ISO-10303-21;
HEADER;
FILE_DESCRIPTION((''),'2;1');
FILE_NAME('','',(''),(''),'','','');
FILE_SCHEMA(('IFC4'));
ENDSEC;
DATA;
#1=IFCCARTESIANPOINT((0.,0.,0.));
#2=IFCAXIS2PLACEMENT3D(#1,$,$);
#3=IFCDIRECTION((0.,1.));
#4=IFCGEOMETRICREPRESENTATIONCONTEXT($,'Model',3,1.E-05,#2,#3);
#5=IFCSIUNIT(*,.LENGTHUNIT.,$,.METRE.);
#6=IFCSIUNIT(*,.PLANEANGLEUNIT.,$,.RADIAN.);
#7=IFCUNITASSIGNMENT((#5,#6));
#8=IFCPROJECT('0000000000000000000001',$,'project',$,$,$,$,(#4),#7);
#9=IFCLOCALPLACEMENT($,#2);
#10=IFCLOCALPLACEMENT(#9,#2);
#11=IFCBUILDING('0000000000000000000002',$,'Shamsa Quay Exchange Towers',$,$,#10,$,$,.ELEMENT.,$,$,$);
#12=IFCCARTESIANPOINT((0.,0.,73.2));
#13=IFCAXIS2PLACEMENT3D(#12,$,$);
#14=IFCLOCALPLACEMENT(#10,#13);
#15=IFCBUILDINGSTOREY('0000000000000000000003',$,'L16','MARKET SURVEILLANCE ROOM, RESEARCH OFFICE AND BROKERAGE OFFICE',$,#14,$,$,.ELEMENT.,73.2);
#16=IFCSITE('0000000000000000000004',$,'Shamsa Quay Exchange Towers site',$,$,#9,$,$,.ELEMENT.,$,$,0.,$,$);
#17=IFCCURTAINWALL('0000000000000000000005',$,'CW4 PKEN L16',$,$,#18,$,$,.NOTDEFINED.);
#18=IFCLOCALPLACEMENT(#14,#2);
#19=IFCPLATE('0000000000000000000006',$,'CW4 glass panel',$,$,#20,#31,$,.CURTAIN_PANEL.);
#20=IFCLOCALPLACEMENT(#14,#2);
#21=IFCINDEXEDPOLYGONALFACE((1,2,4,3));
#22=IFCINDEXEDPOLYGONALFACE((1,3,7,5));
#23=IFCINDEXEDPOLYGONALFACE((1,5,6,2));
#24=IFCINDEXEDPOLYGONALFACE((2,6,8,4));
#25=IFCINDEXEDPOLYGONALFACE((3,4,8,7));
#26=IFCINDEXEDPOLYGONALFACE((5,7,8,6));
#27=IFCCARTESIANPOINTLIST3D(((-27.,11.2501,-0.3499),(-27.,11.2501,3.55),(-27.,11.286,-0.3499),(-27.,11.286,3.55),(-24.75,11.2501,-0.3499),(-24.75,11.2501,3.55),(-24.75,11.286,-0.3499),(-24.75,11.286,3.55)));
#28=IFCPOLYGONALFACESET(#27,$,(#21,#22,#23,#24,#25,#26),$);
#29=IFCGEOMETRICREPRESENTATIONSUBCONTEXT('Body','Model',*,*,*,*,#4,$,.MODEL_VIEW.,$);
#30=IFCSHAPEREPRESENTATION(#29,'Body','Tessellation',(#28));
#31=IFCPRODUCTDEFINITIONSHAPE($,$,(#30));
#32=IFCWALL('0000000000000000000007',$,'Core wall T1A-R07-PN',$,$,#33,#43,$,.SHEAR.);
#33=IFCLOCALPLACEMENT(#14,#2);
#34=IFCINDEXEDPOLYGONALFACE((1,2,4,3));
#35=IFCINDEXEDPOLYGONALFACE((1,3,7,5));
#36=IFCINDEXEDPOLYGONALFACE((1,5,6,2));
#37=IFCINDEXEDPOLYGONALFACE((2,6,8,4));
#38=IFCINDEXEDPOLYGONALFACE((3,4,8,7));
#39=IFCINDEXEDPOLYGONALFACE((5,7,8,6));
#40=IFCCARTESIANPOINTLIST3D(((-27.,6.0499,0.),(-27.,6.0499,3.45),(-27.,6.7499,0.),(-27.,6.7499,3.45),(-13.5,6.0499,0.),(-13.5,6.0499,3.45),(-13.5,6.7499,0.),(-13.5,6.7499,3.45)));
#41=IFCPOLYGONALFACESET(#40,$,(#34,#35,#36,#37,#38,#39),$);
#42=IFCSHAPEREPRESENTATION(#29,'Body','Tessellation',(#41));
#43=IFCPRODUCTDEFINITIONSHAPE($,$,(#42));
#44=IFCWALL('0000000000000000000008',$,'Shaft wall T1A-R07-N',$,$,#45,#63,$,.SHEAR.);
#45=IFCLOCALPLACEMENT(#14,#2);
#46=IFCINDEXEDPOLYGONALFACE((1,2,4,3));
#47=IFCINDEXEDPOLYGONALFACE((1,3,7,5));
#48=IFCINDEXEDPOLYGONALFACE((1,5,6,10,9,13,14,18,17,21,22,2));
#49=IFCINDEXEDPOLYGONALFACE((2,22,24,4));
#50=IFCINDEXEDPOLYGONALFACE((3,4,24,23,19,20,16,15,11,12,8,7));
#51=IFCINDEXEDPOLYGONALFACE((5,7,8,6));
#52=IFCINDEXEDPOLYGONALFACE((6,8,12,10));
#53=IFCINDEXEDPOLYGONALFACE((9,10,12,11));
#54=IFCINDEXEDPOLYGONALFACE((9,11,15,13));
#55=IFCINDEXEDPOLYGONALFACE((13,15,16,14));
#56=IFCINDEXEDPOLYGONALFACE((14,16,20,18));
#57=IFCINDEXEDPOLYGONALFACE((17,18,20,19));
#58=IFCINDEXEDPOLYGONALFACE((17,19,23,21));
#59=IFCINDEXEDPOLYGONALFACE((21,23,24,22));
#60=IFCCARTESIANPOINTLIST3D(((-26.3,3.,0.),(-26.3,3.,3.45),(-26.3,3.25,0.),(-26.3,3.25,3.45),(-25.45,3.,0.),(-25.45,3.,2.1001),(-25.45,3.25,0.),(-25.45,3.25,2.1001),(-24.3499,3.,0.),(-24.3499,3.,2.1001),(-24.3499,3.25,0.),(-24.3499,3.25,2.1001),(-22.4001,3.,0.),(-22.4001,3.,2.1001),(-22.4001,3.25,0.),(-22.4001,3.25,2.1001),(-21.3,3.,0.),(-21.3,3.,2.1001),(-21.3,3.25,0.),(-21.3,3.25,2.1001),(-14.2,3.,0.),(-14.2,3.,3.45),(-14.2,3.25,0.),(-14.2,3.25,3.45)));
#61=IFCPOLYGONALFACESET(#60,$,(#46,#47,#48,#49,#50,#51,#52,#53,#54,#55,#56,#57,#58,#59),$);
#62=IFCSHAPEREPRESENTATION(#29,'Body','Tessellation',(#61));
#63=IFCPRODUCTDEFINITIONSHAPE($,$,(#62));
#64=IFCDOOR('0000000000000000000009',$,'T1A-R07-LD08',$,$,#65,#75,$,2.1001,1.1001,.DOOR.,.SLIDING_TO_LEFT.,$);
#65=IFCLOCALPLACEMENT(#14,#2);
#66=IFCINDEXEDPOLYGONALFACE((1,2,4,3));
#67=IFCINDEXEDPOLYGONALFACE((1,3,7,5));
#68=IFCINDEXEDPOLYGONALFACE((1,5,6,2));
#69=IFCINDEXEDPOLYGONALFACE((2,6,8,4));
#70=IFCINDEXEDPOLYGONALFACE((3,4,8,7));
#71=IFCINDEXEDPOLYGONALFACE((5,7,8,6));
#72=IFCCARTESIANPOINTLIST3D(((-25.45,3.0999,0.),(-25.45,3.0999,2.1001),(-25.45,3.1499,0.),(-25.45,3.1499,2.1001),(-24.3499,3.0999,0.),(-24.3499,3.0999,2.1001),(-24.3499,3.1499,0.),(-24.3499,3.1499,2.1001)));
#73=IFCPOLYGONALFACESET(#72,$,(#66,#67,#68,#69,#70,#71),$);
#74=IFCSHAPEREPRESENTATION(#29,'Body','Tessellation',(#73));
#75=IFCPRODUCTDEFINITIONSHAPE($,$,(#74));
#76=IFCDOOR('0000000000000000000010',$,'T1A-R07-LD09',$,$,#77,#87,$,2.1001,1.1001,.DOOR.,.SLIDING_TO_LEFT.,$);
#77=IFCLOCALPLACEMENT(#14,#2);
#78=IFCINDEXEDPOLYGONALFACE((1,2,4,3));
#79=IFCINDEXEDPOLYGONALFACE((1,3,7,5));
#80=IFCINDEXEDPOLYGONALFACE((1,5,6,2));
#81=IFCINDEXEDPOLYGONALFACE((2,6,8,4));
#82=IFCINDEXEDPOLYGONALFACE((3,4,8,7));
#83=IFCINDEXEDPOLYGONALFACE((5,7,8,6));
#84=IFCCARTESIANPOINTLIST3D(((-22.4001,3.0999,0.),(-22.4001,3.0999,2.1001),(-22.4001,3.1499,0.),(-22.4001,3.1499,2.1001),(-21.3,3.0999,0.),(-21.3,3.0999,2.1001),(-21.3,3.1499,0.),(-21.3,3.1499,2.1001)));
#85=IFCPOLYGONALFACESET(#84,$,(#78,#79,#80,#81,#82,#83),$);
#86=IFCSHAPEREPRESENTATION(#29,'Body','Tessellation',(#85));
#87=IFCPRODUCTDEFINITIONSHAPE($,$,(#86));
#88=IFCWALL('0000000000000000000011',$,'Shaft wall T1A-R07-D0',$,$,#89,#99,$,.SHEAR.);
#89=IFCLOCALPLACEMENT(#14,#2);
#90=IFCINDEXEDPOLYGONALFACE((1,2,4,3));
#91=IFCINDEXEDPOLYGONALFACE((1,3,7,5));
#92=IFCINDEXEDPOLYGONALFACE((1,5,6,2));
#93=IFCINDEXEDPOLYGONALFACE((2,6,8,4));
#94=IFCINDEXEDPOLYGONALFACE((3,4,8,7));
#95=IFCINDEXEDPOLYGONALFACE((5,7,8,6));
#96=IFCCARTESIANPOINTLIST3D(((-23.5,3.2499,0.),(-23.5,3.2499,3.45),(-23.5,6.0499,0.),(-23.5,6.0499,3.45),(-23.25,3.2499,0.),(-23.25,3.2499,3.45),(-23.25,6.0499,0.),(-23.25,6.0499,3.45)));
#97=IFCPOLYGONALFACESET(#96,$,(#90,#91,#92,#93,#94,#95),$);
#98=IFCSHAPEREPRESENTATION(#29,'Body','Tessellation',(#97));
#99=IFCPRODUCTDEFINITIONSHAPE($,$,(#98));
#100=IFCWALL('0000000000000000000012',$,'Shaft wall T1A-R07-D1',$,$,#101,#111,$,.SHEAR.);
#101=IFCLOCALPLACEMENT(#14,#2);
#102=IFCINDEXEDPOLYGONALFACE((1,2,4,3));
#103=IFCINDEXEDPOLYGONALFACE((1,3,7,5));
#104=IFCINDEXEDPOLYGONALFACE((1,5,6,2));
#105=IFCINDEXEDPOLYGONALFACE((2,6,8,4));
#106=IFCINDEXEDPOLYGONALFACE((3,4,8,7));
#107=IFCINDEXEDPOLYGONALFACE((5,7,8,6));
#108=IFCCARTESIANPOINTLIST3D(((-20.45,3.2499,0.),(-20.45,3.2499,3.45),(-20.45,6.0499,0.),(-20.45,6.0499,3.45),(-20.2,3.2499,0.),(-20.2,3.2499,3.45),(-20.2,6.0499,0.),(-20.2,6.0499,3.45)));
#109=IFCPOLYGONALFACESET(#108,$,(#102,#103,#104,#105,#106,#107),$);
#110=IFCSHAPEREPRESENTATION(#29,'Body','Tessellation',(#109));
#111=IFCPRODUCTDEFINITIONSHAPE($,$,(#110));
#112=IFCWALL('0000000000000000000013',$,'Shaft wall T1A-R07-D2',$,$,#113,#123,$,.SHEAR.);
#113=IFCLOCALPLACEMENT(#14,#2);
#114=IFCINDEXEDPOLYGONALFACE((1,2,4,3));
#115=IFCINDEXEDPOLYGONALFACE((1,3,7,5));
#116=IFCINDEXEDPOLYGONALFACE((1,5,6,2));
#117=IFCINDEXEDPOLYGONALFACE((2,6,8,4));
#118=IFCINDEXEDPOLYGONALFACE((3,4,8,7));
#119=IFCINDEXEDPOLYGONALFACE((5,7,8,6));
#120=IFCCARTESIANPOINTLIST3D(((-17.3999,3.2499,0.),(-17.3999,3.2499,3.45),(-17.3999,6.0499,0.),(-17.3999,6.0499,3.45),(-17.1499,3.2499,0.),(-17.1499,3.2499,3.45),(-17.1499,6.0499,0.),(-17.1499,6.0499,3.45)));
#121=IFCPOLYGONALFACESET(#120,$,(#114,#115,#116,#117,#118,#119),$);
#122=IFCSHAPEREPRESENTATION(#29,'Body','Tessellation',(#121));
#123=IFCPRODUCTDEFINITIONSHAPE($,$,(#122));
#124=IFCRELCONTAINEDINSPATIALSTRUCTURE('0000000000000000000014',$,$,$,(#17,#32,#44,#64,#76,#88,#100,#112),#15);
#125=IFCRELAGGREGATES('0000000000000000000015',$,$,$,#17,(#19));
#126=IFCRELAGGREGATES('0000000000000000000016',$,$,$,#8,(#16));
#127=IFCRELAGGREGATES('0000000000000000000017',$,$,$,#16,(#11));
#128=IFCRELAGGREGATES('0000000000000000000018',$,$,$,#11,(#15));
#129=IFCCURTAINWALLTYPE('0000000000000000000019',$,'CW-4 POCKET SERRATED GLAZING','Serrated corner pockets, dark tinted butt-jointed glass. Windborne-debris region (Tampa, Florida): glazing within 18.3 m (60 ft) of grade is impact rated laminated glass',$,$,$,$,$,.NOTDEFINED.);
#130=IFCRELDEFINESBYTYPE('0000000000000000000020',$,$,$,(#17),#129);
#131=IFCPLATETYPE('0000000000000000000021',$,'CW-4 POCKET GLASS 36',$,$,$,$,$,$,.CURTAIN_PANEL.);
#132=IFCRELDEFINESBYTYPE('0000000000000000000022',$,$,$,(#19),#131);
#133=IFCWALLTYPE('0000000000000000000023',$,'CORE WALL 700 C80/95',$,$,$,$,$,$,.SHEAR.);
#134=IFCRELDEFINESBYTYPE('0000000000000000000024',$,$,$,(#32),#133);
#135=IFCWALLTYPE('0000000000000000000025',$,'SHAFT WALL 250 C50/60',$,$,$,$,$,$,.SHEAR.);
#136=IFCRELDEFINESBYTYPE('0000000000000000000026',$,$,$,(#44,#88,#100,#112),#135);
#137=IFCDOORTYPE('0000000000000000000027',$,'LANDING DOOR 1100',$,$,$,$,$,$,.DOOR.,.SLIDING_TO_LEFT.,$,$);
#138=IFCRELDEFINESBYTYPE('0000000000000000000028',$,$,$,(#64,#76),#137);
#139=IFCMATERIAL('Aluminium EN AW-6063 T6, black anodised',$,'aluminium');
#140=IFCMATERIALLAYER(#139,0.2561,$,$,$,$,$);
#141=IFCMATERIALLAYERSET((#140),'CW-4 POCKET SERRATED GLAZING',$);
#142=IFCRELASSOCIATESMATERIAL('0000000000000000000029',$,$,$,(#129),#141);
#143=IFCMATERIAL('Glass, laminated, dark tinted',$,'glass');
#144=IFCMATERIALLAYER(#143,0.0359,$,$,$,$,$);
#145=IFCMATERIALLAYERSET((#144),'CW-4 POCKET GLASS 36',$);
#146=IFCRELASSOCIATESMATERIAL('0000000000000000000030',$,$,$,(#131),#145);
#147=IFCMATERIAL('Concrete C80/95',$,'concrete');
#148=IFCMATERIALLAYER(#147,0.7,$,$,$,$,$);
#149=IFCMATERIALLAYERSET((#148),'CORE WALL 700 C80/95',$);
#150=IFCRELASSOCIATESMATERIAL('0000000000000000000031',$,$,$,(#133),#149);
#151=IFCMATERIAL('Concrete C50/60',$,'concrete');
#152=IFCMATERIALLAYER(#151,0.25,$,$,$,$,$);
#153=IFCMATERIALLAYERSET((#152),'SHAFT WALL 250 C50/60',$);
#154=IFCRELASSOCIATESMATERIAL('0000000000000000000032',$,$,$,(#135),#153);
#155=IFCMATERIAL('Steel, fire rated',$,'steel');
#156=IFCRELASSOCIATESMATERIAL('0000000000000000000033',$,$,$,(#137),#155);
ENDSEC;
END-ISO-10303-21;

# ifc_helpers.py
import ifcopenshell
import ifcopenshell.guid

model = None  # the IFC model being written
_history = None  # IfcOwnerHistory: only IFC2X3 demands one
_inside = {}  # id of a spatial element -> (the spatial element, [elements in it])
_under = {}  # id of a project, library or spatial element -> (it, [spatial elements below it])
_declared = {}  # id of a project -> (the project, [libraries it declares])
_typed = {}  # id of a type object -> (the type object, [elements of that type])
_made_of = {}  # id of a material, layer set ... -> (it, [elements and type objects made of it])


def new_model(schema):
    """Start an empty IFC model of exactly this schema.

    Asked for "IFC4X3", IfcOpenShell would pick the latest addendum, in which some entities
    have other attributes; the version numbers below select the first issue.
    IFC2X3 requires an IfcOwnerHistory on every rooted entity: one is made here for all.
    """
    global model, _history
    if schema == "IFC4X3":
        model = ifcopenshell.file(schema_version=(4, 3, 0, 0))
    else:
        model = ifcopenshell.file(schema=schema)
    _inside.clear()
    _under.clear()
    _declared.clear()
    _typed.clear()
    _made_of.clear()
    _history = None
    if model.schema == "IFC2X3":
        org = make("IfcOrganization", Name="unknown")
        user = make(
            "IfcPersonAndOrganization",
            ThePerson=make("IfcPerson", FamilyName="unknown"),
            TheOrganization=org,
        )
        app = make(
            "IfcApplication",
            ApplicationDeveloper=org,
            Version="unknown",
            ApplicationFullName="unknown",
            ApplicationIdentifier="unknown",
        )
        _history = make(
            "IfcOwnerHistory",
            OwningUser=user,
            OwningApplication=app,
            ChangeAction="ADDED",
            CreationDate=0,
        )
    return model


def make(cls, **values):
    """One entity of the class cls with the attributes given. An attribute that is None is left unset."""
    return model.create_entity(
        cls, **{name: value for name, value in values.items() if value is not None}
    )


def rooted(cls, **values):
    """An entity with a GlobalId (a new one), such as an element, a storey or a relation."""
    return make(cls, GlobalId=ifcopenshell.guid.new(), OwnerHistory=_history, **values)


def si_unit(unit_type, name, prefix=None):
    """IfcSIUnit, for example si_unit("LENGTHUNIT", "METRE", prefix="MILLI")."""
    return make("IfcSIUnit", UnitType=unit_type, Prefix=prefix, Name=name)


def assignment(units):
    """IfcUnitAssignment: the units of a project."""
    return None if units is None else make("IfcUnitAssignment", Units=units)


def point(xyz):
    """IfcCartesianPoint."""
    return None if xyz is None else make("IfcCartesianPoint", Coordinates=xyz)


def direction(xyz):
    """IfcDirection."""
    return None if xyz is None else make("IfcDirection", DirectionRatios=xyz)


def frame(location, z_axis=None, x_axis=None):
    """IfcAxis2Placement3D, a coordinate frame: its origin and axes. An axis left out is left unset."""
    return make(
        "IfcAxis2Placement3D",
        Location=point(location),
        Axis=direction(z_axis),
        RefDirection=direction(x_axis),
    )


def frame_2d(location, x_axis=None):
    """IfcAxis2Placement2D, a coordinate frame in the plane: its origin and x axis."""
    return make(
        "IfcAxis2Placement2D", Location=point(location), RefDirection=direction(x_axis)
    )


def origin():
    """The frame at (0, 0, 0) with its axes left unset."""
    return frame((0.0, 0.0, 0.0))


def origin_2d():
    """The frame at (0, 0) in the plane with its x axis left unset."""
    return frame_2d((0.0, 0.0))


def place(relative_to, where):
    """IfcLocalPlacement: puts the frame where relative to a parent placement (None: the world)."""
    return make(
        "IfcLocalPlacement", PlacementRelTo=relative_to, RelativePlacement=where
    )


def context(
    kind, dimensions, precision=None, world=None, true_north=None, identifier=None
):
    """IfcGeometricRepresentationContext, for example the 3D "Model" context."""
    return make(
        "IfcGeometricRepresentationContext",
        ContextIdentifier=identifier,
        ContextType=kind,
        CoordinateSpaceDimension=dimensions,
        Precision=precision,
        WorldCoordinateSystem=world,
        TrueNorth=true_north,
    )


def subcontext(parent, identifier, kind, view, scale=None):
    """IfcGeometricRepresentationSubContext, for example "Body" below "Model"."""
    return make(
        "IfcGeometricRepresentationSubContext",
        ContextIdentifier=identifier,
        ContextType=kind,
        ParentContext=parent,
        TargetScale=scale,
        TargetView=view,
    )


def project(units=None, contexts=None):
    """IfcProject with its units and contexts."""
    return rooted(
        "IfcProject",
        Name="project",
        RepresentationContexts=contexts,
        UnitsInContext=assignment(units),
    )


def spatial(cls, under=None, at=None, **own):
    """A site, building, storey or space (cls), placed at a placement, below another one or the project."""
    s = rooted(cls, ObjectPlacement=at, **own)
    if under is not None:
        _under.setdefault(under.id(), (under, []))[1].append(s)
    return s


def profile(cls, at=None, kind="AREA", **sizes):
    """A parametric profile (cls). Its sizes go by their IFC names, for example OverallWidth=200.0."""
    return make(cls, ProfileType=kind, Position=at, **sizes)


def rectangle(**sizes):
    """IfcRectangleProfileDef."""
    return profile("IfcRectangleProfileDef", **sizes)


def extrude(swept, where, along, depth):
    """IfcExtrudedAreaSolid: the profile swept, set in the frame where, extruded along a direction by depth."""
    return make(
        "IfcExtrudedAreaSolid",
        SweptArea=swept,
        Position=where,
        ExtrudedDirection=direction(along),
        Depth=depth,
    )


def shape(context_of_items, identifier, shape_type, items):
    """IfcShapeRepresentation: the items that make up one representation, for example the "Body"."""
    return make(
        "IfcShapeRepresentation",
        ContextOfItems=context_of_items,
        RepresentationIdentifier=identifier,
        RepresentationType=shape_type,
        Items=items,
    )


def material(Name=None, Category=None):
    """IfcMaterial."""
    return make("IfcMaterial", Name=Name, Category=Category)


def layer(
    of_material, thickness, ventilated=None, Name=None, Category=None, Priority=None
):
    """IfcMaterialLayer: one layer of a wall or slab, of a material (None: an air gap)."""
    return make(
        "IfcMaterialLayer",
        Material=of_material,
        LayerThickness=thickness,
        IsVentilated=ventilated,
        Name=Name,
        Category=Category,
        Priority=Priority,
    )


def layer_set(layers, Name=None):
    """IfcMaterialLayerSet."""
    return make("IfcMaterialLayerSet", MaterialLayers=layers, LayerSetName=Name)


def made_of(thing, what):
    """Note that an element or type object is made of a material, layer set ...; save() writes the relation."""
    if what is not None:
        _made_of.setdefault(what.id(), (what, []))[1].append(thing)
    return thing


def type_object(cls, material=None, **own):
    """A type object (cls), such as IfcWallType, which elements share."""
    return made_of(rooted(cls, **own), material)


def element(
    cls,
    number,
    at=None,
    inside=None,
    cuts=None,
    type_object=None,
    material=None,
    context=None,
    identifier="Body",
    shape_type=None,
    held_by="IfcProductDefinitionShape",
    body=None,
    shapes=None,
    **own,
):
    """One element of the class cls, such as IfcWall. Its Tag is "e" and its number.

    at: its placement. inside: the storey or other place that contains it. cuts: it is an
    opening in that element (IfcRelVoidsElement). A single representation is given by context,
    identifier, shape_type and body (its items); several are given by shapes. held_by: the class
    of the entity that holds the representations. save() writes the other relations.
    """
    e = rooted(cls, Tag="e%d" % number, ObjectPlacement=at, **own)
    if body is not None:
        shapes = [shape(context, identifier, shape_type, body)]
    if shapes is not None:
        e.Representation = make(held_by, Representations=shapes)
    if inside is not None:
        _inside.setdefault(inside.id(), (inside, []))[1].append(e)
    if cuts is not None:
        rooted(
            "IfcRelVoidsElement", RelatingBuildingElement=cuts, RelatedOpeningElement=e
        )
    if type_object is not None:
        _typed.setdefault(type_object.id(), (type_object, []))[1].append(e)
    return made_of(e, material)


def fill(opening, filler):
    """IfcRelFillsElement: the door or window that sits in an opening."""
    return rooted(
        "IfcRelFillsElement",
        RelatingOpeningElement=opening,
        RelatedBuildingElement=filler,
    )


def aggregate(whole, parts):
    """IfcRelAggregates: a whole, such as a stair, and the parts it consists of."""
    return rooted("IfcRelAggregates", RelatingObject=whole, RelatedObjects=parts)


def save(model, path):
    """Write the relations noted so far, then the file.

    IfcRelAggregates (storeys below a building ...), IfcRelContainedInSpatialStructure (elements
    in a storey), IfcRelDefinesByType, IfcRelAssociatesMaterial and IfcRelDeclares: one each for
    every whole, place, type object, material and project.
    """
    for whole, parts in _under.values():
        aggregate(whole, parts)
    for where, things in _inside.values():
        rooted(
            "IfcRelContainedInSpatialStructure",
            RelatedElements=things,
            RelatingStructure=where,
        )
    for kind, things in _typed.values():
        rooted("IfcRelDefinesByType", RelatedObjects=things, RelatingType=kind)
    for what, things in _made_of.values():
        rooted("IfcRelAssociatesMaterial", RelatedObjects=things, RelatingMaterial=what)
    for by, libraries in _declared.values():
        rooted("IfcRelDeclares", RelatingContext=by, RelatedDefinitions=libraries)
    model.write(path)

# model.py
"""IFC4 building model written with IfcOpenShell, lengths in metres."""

from ifc_helpers import new_model, si_unit, direction, frame, frame_2d, origin, origin_2d, place, context, subcontext, project, spatial, rectangle, extrude, material, layer, layer_set, type_object, element, fill, aggregate, save


model = new_model("IFC4")

# Units and contexts
model_context = context("Model", 3, precision=1e-05, world=origin(), true_north=direction((0.0, 1.0)))
body_context = subcontext(model_context, "Body", "Model", "MODEL_VIEW")
ifc_project = project(units=[si_unit("LENGTHUNIT", "METRE"), si_unit("PLANEANGLEUNIT", "RADIAN")], contexts=[model_context])

# Site, building, storey
site_placement = place(None, origin())
site = spatial("IfcSite", under=ifc_project, at=site_placement, Name="Shamsa Quay Exchange Towers site", CompositionType="ELEMENT", RefElevation=0.0)
building_placement = place(site_placement, origin())
building = spatial("IfcBuilding", under=site, at=building_placement, Name="Shamsa Quay Exchange Towers", CompositionType="ELEMENT")
storey_placement = place(building_placement, frame((0.0, 0.0, 73.2)))
storey = spatial("IfcBuildingStorey", under=building, at=storey_placement, Name="L16", Description="MARKET SURVEILLANCE ROOM, RESEARCH OFFICE AND BROKERAGE OFFICE", CompositionType="ELEMENT", Elevation=73.2)

# Shared definitions
ifc_material_1 = material(Name="Aluminium EN AW-6063 T6, black anodised", Category="aluminium")

# Shared definitions
ifc_material_2 = material(Name="Glass, laminated, dark tinted", Category="glass")

# Curtain wall, plate
ifc_layer_1 = layer(ifc_material_1, 0.2561)
ifc_layer_set_1 = layer_set([ifc_layer_1], Name="CW-4 POCKET SERRATED GLAZING")
curtain_wall_type_1 = type_object("IfcCurtainWallType", Name="CW-4 POCKET SERRATED GLAZING", Description="Serrated corner pockets, dark tinted butt-jointed glass. Windborne-debris region (Tampa, Florida): glazing within 18.3 m (60 ft) of grade is impact rated laminated glass", PredefinedType="NOTDEFINED", material=ifc_layer_set_1)
curtain_wall_1_placement = place(storey_placement, origin())
curtain_wall_1 = element("IfcCurtainWall", 1, at=curtain_wall_1_placement, inside=storey, type_object=curtain_wall_type_1, Name="CW4 PKEN L16", PredefinedType="NOTDEFINED")
ifc_layer_2 = layer(ifc_material_2, 0.0359)
ifc_layer_set_2 = layer_set([ifc_layer_2], Name="CW-4 POCKET GLASS 36")
plate_type_1 = type_object("IfcPlateType", Name="CW-4 POCKET GLASS 36", PredefinedType="CURTAIN_PANEL", material=ifc_layer_set_2)
plate_1_placement = place(storey_placement, frame((-25.875, 11.2681, -0.3499), z_axis=(0.0, 0.0, 1.0), x_axis=(-1.0, 0.0, 0.0)))
plate_1 = element("IfcPlate", 2, at=plate_1_placement, type_object=plate_type_1, Name="CW4 glass panel", PredefinedType="CURTAIN_PANEL", context=body_context, shape_type="SweptSolid", body=[
    extrude(rectangle(XDim=2.25, YDim=0.0359, at=origin_2d()), origin(), (0.0, 0.0, 1.0), 3.8999),
])
aggregate(curtain_wall_1, [plate_1])

# Wall
ifc_material_3 = material(Name="Concrete C80/95", Category="concrete")
ifc_layer_3 = layer(ifc_material_3, 0.7)
ifc_layer_set_3 = layer_set([ifc_layer_3], Name="CORE WALL 700 C80/95")
wall_type_1 = type_object("IfcWallType", Name="CORE WALL 700 C80/95", PredefinedType="SHEAR", material=ifc_layer_set_3)
wall_1_placement = place(storey_placement, frame((-27.0, 6.3999, 0.0)))
element("IfcWall", 3, at=wall_1_placement, inside=storey, type_object=wall_type_1, Name="Core wall T1A-R07-PN", PredefinedType="SHEAR", context=body_context, shape_type="SweptSolid", body=[
    extrude(rectangle(XDim=13.5, YDim=0.7, at=frame_2d((6.75, 0.0))), origin(), (0.0, 0.0, 1.0), 3.45),
])

# Shared definitions
ifc_material_4 = material(Name="Steel, fire rated", Category="steel")

# Wall, openings, doors
ifc_material_5 = material(Name="Concrete C50/60", Category="concrete")
ifc_layer_4 = layer(ifc_material_5, 0.25)
ifc_layer_set_4 = layer_set([ifc_layer_4], Name="SHAFT WALL 250 C50/60")
wall_type_2 = type_object("IfcWallType", Name="SHAFT WALL 250 C50/60", PredefinedType="SHEAR", material=ifc_layer_set_4)
wall_2_placement = place(storey_placement, frame((-26.3, 3.125, 0.0)))
wall_2 = element("IfcWall", 4, at=wall_2_placement, inside=storey, type_object=wall_type_2, Name="Shaft wall T1A-R07-N", PredefinedType="SHEAR", context=body_context, shape_type="SweptSolid", body=[
    extrude(rectangle(XDim=12.1001, YDim=0.25, at=frame_2d((6.05, 0.0))), origin(), (0.0, 0.0, 1.0), 3.45),
])
opening_1_placement = place(wall_2_placement, frame((0.8501, 0.0, 0.0)))
opening_1 = element("IfcOpeningElement", 5, at=opening_1_placement, cuts=wall_2, PredefinedType="OPENING", context=body_context, shape_type="SweptSolid", body=[
    extrude(rectangle(XDim=1.1001, YDim=2.1001, at=frame_2d((0.55, 1.05))), frame((0.0, 0.135, 0.0), z_axis=(0.0, -1.0, 0.0), x_axis=(1.0, 0.0, 0.0)), (0.0, 0.0, 1.0), 0.27),
])
opening_2_placement = place(wall_2_placement, frame((3.8999, 0.0, 0.0)))
opening_2 = element("IfcOpeningElement", 6, at=opening_2_placement, cuts=wall_2, PredefinedType="OPENING", context=body_context, shape_type="SweptSolid", body=[
    extrude(rectangle(XDim=1.1001, YDim=2.1001, at=frame_2d((0.55, 1.05))), frame((0.0, 0.135, 0.0), z_axis=(0.0, -1.0, 0.0), x_axis=(1.0, 0.0, 0.0)), (0.0, 0.0, 1.0), 0.27),
])
door_type_1 = type_object("IfcDoorType", Name="LANDING DOOR 1100", OperationType="SLIDING_TO_LEFT", PredefinedType="DOOR", material=ifc_material_4)
door_1_placement = place(opening_1_placement, origin())
door_1 = element("IfcDoor", 7, at=door_1_placement, inside=storey, type_object=door_type_1, Name="T1A-R07-LD08", OperationType="SLIDING_TO_LEFT", OverallHeight=2.1001, OverallWidth=1.1001, PredefinedType="DOOR", context=body_context, shape_type="SweptSolid", body=[
    extrude(rectangle(XDim=1.1001, YDim=2.1001, at=frame_2d((0.55, 1.05))), frame((0.0, 0.0249, 0.0), z_axis=(0.0, -1.0, 0.0), x_axis=(1.0, 0.0, 0.0)), (0.0, 0.0, 1.0), 0.05),
])
fill(opening_1, door_1)
door_2_placement = place(opening_2_placement, origin())
door_2 = element("IfcDoor", 8, at=door_2_placement, inside=storey, type_object=door_type_1, Name="T1A-R07-LD09", OperationType="SLIDING_TO_LEFT", OverallHeight=2.1001, OverallWidth=1.1001, PredefinedType="DOOR", context=body_context, shape_type="SweptSolid", body=[
    extrude(rectangle(XDim=1.1001, YDim=2.1001, at=frame_2d((0.55, 1.05))), frame((0.0, 0.0249, 0.0), z_axis=(0.0, -1.0, 0.0), x_axis=(1.0, 0.0, 0.0)), (0.0, 0.0, 1.0), 0.05),
])
fill(opening_2, door_2)

# Walls
for number, where, z_axis, x_axis, name in (
    (9, (-23.375, 3.25, 0.0), (0.0, 0.0, 1.0), (0.0, 1.0, 0.0), "Shaft wall T1A-R07-D0"),
    (10, (-20.325, 3.25, 0.0), (0.0, 0.0, 1.0), (0.0, 1.0, 0.0), "Shaft wall T1A-R07-D1"),
    (11, (-17.2749, 3.25, 0.0), (0.0, 0.0, 1.0), (0.0, 1.0, 0.0), "Shaft wall T1A-R07-D2"),
):
    element("IfcWall", number, at=place(storey_placement, frame(where, z_axis=z_axis, x_axis=x_axis)), inside=storey, type_object=wall_type_2, Name=name, PredefinedType="SHEAR", context=body_context, shape_type="SweptSolid", body=[
        extrude(rectangle(XDim=2.8, YDim=0.25, at=frame_2d((1.3999, 0.0))), origin(), (0.0, 0.0, 1.0), 3.45),
    ])

save(model, "model.ifc")
